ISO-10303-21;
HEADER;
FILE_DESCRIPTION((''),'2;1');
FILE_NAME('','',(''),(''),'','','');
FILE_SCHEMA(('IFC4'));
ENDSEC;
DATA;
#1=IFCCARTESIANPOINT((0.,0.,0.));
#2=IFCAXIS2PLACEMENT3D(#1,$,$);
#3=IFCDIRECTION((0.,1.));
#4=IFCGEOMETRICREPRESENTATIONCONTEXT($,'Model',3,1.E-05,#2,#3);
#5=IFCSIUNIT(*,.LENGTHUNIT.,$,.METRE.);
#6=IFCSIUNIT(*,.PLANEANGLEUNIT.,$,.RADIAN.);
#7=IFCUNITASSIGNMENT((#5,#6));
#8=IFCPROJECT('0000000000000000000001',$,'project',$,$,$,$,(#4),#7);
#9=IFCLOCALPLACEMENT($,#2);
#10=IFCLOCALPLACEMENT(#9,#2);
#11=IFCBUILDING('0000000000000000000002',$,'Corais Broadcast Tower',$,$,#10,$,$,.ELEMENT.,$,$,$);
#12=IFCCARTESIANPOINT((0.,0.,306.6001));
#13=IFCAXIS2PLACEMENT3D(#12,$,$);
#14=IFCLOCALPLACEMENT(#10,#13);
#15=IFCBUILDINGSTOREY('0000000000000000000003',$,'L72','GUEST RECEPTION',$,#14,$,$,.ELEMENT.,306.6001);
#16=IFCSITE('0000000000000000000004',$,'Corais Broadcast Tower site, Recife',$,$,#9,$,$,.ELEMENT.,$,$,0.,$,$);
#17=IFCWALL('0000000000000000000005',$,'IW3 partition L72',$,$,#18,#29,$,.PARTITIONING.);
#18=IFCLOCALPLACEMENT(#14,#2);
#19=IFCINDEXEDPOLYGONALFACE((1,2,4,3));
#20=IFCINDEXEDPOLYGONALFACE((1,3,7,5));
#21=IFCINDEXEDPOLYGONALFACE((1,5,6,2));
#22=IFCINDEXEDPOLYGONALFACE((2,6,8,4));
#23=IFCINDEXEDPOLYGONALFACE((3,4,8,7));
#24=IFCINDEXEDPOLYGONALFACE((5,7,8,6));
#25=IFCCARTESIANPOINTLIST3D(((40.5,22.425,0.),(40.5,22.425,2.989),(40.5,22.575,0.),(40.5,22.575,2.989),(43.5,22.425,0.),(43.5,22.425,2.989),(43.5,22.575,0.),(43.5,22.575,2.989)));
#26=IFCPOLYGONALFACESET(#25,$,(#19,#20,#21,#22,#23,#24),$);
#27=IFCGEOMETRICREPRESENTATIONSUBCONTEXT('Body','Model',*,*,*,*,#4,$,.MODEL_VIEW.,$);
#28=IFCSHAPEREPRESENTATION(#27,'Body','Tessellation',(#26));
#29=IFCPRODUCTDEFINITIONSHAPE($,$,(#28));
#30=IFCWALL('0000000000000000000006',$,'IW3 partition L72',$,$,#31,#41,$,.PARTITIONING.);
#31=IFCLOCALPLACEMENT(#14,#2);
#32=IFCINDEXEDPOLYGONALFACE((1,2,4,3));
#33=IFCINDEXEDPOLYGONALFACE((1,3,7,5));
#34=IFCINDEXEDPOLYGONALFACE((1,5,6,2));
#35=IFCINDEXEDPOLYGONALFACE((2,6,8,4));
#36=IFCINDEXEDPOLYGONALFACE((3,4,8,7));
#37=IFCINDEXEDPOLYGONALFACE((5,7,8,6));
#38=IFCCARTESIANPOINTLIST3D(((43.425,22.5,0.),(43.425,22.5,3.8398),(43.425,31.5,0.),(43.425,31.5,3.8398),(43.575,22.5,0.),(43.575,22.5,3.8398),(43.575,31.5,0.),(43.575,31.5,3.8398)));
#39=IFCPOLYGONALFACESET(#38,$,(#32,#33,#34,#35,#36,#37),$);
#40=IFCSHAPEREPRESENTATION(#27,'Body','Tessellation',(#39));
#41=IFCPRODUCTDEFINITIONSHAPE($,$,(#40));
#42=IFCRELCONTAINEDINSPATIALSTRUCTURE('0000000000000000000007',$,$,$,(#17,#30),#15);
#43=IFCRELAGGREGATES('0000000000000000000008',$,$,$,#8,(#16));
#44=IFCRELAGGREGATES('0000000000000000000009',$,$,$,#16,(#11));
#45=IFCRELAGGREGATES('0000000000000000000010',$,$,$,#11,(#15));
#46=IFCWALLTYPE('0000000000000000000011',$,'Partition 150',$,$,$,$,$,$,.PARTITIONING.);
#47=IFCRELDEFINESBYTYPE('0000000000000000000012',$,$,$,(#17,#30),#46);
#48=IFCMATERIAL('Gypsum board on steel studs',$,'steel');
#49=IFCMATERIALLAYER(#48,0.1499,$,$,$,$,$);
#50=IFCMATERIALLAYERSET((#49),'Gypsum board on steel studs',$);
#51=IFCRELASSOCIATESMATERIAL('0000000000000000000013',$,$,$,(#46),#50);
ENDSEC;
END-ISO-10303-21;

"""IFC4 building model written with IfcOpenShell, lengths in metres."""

from ifc_helpers import new_model, si_unit, direction, frame, frame_2d, origin, place, context, subcontext, project, spatial, rectangle, extrude, material, layer, layer_set, type_object, element, save


model = new_model("IFC4")

# Units and contexts
model_context = context("Model", 3, precision=1e-05, world=origin(), true_north=direction((0.0, 1.0)))
body_context = subcontext(model_context, "Body", "Model", "MODEL_VIEW")
ifc_project = project(units=[si_unit("LENGTHUNIT", "METRE"), si_unit("PLANEANGLEUNIT", "RADIAN")], contexts=[model_context])

# Site, building, storey
site_placement = place(None, origin())
site = spatial("IfcSite", under=ifc_project, at=site_placement, Name="Corais Broadcast Tower site, Recife", CompositionType="ELEMENT", RefElevation=0.0)
building_placement = place(site_placement, origin())
building = spatial("IfcBuilding", under=site, at=building_placement, Name="Corais Broadcast Tower", CompositionType="ELEMENT")
storey_placement = place(building_placement, frame((0.0, 0.0, 306.6001)))
storey = spatial("IfcBuildingStorey", under=building, at=storey_placement, Name="L72", Description="GUEST RECEPTION", CompositionType="ELEMENT", Elevation=306.6001)

# Shared definitions
ifc_material_1 = material(Name="Gypsum board on steel studs", Category="steel")
ifc_layer_1 = layer(ifc_material_1, 0.1499)
ifc_layer_set_1 = layer_set([ifc_layer_1], Name="Gypsum board on steel studs")
wall_type = type_object("IfcWallType", Name="Partition 150", PredefinedType="PARTITIONING", material=ifc_layer_set_1)

# Walls
wall_1_placement = place(storey_placement, frame((40.5, 22.5, 0.0), z_axis=(0.0, 0.0, 1.0), x_axis=(1.0, 0.0, 0.0)))
element("IfcWall", 1, at=wall_1_placement, inside=storey, type_object=wall_type, Name="IW3 partition L72", PredefinedType="PARTITIONING", context=body_context, shape_type="SweptSolid", body=[
    extrude(rectangle(XDim=3.0, YDim=0.1499, at=frame_2d((1.5, 0.0))), origin(), (0.0, 0.0, 1.0), 2.989),
])
wall_2_placement = place(storey_placement, frame((43.5, 22.5, 0.0), z_axis=(0.0, 0.0, 1.0), x_axis=(0.0, 1.0, 0.0)))
element("IfcWall", 2, at=wall_2_placement, inside=storey, type_object=wall_type, Name="IW3 partition L72", PredefinedType="PARTITIONING", context=body_context, shape_type="SweptSolid", body=[
    extrude(rectangle(XDim=9.0, YDim=0.1499, at=frame_2d((4.5, 0.0))), origin(), (0.0, 0.0, 1.0), 3.8398),
])

save(model, "model.ifc")
